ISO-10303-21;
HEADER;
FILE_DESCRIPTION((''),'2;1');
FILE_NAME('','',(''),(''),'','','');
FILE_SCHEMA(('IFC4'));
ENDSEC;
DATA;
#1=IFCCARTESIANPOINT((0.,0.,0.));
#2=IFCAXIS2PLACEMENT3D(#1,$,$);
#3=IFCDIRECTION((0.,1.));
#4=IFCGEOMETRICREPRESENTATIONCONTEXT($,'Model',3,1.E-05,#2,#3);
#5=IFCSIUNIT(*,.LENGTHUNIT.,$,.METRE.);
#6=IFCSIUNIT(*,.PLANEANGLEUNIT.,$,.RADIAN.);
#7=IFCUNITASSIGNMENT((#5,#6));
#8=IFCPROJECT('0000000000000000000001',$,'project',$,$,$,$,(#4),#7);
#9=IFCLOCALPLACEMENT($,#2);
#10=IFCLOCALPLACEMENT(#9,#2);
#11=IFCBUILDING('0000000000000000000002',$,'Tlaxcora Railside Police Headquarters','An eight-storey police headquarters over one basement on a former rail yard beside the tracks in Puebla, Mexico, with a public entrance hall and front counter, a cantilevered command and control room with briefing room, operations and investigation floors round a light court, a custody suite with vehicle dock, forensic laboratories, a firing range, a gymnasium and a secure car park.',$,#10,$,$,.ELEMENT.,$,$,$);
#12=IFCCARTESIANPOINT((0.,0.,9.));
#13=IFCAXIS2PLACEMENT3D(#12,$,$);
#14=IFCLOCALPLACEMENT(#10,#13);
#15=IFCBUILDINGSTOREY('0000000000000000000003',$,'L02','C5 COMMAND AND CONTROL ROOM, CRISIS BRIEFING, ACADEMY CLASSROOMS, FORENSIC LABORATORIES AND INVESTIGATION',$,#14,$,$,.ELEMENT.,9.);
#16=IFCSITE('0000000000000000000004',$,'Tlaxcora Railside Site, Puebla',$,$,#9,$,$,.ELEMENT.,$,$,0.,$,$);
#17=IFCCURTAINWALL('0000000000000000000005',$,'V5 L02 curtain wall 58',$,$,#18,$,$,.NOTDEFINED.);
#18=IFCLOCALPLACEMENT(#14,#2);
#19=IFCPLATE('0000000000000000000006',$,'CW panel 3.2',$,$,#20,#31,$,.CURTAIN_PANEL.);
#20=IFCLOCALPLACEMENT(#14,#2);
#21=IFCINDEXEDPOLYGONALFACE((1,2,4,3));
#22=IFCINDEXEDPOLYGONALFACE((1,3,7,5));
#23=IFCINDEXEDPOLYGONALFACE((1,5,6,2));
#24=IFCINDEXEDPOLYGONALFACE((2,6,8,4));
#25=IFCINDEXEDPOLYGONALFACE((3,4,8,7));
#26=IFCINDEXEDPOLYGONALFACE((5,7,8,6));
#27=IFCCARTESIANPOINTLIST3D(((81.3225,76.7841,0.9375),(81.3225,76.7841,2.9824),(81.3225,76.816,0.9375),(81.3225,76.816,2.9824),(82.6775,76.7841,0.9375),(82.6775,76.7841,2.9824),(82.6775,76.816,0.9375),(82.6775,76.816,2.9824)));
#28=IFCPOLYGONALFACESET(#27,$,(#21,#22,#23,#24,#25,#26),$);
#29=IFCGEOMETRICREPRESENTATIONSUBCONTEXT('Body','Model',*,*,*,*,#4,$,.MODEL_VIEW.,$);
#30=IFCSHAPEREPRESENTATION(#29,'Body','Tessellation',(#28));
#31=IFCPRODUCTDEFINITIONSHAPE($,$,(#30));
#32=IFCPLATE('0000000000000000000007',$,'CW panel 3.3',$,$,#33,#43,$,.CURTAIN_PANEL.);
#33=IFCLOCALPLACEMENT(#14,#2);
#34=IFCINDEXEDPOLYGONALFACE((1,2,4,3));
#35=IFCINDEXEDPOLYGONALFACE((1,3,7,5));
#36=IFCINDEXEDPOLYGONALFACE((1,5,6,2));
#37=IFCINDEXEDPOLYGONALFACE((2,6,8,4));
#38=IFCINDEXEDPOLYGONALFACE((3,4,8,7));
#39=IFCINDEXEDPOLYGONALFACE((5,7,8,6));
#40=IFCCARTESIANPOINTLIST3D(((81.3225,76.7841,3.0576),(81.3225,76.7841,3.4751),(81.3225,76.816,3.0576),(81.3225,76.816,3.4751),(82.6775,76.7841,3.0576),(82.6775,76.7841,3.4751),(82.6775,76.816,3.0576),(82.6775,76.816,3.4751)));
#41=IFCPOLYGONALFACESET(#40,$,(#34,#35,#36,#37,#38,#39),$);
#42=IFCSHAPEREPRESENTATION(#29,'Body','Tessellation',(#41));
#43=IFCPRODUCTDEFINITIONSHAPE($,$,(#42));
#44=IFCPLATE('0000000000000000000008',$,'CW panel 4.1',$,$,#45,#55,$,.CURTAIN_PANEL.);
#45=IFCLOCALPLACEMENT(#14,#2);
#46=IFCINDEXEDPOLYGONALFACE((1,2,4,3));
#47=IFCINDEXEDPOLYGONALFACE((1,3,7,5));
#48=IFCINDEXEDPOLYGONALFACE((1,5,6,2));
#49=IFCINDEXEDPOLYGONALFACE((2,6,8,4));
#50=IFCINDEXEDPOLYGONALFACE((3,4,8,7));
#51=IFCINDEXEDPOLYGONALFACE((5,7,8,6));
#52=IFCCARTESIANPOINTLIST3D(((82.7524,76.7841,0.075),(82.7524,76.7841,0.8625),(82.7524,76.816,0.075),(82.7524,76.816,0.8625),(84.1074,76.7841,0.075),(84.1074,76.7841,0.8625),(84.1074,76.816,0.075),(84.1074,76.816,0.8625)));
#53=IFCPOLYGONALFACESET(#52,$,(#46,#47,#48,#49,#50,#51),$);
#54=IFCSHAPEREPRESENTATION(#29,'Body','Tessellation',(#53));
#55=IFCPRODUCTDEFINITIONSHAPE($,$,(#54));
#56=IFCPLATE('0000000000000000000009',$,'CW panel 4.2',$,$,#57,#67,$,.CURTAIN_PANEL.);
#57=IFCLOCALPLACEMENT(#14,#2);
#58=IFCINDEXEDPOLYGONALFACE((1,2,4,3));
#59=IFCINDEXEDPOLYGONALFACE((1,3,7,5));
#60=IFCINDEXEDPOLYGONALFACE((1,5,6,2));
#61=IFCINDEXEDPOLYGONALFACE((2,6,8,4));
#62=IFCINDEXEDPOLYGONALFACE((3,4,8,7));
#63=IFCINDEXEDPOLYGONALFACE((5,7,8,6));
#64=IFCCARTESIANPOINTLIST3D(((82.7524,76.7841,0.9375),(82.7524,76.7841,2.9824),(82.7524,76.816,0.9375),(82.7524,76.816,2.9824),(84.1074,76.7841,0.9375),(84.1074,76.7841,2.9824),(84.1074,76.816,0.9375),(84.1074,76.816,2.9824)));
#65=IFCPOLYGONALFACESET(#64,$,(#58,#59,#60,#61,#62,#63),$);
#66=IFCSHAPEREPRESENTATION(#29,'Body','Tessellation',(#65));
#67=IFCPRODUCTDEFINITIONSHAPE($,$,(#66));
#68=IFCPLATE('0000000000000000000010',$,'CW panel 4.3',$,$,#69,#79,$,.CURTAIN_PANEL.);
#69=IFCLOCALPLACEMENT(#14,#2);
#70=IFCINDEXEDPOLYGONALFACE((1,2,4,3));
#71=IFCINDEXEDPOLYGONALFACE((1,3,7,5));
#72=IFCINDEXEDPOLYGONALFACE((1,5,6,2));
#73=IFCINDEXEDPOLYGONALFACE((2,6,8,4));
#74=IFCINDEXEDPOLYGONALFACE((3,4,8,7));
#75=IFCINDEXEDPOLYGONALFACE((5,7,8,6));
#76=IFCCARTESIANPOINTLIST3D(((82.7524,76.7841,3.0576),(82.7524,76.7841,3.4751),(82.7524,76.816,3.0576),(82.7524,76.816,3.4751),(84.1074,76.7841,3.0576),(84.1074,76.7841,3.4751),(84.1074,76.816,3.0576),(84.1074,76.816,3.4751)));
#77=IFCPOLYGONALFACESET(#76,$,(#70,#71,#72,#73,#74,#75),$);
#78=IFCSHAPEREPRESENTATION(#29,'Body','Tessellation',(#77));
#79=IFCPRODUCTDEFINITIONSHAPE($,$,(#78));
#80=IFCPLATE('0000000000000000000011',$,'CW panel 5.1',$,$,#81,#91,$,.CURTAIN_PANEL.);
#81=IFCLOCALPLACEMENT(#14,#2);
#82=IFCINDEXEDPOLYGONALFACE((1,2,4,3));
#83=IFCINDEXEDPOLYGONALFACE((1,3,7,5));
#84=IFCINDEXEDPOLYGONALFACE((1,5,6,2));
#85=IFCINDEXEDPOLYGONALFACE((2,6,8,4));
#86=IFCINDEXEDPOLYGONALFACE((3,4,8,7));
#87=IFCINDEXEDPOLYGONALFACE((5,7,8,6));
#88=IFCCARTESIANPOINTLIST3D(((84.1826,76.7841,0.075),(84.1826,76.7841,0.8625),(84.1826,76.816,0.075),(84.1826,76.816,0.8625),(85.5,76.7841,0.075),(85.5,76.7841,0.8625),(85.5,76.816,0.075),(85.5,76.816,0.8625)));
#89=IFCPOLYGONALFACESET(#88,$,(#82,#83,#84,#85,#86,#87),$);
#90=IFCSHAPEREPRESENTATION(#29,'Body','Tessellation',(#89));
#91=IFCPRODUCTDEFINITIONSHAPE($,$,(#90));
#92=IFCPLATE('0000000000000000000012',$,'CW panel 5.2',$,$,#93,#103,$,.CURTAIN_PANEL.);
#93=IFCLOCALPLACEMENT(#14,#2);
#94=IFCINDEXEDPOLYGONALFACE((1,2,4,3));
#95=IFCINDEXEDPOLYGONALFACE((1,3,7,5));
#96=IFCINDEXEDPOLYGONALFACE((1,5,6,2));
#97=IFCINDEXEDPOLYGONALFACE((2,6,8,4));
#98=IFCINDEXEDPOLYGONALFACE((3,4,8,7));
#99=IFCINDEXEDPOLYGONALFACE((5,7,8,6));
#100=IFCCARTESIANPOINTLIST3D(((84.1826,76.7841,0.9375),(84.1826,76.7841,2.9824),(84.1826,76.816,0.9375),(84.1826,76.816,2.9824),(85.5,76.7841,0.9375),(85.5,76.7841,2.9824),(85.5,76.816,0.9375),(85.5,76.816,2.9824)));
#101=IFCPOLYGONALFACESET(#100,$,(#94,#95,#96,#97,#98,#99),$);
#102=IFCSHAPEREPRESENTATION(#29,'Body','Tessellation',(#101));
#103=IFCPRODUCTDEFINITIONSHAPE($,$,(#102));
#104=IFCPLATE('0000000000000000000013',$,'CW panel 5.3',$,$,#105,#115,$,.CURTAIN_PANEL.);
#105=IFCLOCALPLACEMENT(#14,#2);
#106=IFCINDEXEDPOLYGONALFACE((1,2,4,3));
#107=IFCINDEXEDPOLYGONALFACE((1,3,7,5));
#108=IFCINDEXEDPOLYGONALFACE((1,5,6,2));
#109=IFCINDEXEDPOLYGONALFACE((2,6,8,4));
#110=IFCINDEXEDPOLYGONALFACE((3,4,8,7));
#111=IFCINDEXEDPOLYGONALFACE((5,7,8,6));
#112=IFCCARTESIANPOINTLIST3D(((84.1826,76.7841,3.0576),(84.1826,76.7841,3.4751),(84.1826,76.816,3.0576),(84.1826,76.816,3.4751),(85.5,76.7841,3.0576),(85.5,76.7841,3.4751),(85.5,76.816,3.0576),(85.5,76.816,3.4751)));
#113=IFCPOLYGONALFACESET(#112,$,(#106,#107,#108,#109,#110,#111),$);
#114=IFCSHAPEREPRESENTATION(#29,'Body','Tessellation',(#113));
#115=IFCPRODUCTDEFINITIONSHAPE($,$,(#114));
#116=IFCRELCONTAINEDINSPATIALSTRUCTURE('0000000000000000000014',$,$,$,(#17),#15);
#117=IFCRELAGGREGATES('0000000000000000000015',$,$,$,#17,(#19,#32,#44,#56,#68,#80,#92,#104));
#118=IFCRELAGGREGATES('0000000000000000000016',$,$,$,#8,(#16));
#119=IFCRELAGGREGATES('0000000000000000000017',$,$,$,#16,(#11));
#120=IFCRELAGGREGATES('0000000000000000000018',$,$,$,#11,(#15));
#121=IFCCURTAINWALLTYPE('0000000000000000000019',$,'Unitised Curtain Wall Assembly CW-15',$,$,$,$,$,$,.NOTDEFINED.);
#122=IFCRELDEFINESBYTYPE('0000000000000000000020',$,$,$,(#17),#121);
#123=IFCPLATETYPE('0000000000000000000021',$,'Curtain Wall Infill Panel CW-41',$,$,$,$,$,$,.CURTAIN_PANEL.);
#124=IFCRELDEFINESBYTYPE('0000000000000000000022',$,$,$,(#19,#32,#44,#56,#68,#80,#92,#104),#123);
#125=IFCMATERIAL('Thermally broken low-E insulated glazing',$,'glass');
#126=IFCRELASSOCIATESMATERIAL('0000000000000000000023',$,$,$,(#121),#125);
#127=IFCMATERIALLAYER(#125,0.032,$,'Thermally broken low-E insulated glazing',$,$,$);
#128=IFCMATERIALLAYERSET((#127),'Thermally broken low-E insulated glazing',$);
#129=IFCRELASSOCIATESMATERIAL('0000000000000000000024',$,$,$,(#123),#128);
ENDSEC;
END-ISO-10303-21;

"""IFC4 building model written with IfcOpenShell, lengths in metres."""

from ifc_helpers import new_model, si_unit, direction, frame, origin, origin_2d, place, context, subcontext, project, spatial, rectangle, extrude, material, layer, layer_set, type_object, element, aggregate, save


model = new_model("IFC4")

# Units and contexts
model_context = context("Model", 3, precision=1e-05, world=origin(), true_north=direction((0.0, 1.0)))
body_context = subcontext(model_context, "Body", "Model", "MODEL_VIEW")
ifc_project = project(units=[si_unit("LENGTHUNIT", "METRE"), si_unit("PLANEANGLEUNIT", "RADIAN")], contexts=[model_context])

# Site, building, storey
site_placement = place(None, origin())
site = spatial("IfcSite", under=ifc_project, at=site_placement, Name="Tlaxcora Railside Site, Puebla", CompositionType="ELEMENT", RefElevation=0.0)
building_placement = place(site_placement, origin())
building = spatial("IfcBuilding", under=site, at=building_placement, Name="Tlaxcora Railside Police Headquarters", Description="An eight-storey police headquarters over one basement on a former rail yard beside the tracks in Puebla, Mexico, with a public entrance hall and front counter, a cantilevered command and control room with briefing room, operations and investigation floors round a light court, a custody suite with vehicle dock, forensic laboratories, a firing range, a gymnasium and a secure car park.", CompositionType="ELEMENT")
storey_placement = place(building_placement, frame((0.0, 0.0, 9.0)))
storey = spatial("IfcBuildingStorey", under=building, at=storey_placement, Name="L02", Description="C5 COMMAND AND CONTROL ROOM, CRISIS BRIEFING, ACADEMY CLASSROOMS, FORENSIC LABORATORIES AND INVESTIGATION", CompositionType="ELEMENT", Elevation=9.0)

# Curtain wall
ifc_material_1 = material(Name="Thermally broken low-E insulated glazing", Category="glass")
curtain_wall_type = type_object("IfcCurtainWallType", Name="Unitised Curtain Wall Assembly CW-15", PredefinedType="NOTDEFINED", material=ifc_material_1)
curtain_wall_placement = place(storey_placement, origin())
curtain_wall = element("IfcCurtainWall", 1, at=curtain_wall_placement, inside=storey, type_object=curtain_wall_type, Name="V5 L02 curtain wall 58", PredefinedType="NOTDEFINED")

# Plates
ifc_layer = layer(ifc_material_1, 0.032, Name="Thermally broken low-E insulated glazing")
ifc_layer_set = layer_set([ifc_layer], Name="Thermally broken low-E insulated glazing")
plate_type = type_object("IfcPlateType", Name="Curtain Wall Infill Panel CW-41", PredefinedType="CURTAIN_PANEL", material=ifc_layer_set)
plate_1_placement = place(storey_placement, frame((82.0, 76.8, 0.9375), z_axis=(0.0, 0.0, 1.0), x_axis=(1.0, 0.0, 0.0)))
plate_1 = element("IfcPlate", 2, at=plate_1_placement, type_object=plate_type, Name="CW panel 3.2", PredefinedType="CURTAIN_PANEL", context=body_context, shape_type="SweptSolid", body=[
    extrude(rectangle(XDim=1.355, YDim=0.032, at=origin_2d()), origin(), (0.0, 0.0, 1.0), 2.0449),
])
plate_2_placement = place(storey_placement, frame((82.0, 76.8, 3.0576), z_axis=(0.0, 0.0, 1.0), x_axis=(1.0, 0.0, 0.0)))
plate_2 = element("IfcPlate", 3, at=plate_2_placement, type_object=plate_type, Name="CW panel 3.3", PredefinedType="CURTAIN_PANEL", context=body_context, shape_type="SweptSolid", body=[
    extrude(rectangle(XDim=1.355, YDim=0.032, at=origin_2d()), origin(), (0.0, 0.0, 1.0), 0.4175),
])
plate_3_placement = place(storey_placement, frame((83.4299, 76.8, 0.075), z_axis=(0.0, 0.0, 1.0), x_axis=(1.0, 0.0, 0.0)))
plate_3 = element("IfcPlate", 4, at=plate_3_placement, type_object=plate_type, Name="CW panel 4.1", PredefinedType="CURTAIN_PANEL", context=body_context, shape_type="SweptSolid", body=[
    extrude(rectangle(XDim=1.355, YDim=0.032, at=origin_2d()), origin(), (0.0, 0.0, 1.0), 0.7876),
])
plate_4_placement = place(storey_placement, frame((83.4299, 76.8, 0.9375), z_axis=(0.0, 0.0, 1.0), x_axis=(1.0, 0.0, 0.0)))
plate_4 = element("IfcPlate", 5, at=plate_4_placement, type_object=plate_type, Name="CW panel 4.2", PredefinedType="CURTAIN_PANEL", context=body_context, shape_type="SweptSolid", body=[
    extrude(rectangle(XDim=1.355, YDim=0.032, at=origin_2d()), origin(), (0.0, 0.0, 1.0), 2.0449),
])
plate_5_placement = place(storey_placement, frame((83.4299, 76.8, 3.0576), z_axis=(0.0, 0.0, 1.0), x_axis=(1.0, 0.0, 0.0)))
plate_5 = element("IfcPlate", 6, at=plate_5_placement, type_object=plate_type, Name="CW panel 4.3", PredefinedType="CURTAIN_PANEL", context=body_context, shape_type="SweptSolid", body=[
    extrude(rectangle(XDim=1.355, YDim=0.032, at=origin_2d()), origin(), (0.0, 0.0, 1.0), 0.4175),
])
plate_6_placement = place(storey_placement, frame((84.8413, 76.8, 0.075), z_axis=(0.0, 0.0, 1.0), x_axis=(1.0, 0.0, 0.0)))
plate_6 = element("IfcPlate", 7, at=plate_6_placement, type_object=plate_type, Name="CW panel 5.1", PredefinedType="CURTAIN_PANEL", context=body_context, shape_type="SweptSolid", body=[
    extrude(rectangle(XDim=1.3174, YDim=0.032, at=origin_2d()), origin(), (0.0, 0.0, 1.0), 0.7876),
])
plate_7_placement = place(storey_placement, frame((84.8413, 76.8, 0.9375), z_axis=(0.0, 0.0, 1.0), x_axis=(1.0, 0.0, 0.0)))
plate_7 = element("IfcPlate", 8, at=plate_7_placement, type_object=plate_type, Name="CW panel 5.2", PredefinedType="CURTAIN_PANEL", context=body_context, shape_type="SweptSolid", body=[
    extrude(rectangle(XDim=1.3174, YDim=0.032, at=origin_2d()), origin(), (0.0, 0.0, 1.0), 2.0449),
])
plate_8_placement = place(storey_placement, frame((84.8413, 76.8, 3.0576), z_axis=(0.0, 0.0, 1.0), x_axis=(1.0, 0.0, 0.0)))
plate_8 = element("IfcPlate", 9, at=plate_8_placement, type_object=plate_type, Name="CW panel 5.3", PredefinedType="CURTAIN_PANEL", context=body_context, shape_type="SweptSolid", body=[
    extrude(rectangle(XDim=1.3174, YDim=0.032, at=origin_2d()), origin(), (0.0, 0.0, 1.0), 0.4175),
])
aggregate(curtain_wall, [plate_1, plate_2, plate_3, plate_4, plate_5, plate_6, plate_7, plate_8])

save(model, "model.ifc")
